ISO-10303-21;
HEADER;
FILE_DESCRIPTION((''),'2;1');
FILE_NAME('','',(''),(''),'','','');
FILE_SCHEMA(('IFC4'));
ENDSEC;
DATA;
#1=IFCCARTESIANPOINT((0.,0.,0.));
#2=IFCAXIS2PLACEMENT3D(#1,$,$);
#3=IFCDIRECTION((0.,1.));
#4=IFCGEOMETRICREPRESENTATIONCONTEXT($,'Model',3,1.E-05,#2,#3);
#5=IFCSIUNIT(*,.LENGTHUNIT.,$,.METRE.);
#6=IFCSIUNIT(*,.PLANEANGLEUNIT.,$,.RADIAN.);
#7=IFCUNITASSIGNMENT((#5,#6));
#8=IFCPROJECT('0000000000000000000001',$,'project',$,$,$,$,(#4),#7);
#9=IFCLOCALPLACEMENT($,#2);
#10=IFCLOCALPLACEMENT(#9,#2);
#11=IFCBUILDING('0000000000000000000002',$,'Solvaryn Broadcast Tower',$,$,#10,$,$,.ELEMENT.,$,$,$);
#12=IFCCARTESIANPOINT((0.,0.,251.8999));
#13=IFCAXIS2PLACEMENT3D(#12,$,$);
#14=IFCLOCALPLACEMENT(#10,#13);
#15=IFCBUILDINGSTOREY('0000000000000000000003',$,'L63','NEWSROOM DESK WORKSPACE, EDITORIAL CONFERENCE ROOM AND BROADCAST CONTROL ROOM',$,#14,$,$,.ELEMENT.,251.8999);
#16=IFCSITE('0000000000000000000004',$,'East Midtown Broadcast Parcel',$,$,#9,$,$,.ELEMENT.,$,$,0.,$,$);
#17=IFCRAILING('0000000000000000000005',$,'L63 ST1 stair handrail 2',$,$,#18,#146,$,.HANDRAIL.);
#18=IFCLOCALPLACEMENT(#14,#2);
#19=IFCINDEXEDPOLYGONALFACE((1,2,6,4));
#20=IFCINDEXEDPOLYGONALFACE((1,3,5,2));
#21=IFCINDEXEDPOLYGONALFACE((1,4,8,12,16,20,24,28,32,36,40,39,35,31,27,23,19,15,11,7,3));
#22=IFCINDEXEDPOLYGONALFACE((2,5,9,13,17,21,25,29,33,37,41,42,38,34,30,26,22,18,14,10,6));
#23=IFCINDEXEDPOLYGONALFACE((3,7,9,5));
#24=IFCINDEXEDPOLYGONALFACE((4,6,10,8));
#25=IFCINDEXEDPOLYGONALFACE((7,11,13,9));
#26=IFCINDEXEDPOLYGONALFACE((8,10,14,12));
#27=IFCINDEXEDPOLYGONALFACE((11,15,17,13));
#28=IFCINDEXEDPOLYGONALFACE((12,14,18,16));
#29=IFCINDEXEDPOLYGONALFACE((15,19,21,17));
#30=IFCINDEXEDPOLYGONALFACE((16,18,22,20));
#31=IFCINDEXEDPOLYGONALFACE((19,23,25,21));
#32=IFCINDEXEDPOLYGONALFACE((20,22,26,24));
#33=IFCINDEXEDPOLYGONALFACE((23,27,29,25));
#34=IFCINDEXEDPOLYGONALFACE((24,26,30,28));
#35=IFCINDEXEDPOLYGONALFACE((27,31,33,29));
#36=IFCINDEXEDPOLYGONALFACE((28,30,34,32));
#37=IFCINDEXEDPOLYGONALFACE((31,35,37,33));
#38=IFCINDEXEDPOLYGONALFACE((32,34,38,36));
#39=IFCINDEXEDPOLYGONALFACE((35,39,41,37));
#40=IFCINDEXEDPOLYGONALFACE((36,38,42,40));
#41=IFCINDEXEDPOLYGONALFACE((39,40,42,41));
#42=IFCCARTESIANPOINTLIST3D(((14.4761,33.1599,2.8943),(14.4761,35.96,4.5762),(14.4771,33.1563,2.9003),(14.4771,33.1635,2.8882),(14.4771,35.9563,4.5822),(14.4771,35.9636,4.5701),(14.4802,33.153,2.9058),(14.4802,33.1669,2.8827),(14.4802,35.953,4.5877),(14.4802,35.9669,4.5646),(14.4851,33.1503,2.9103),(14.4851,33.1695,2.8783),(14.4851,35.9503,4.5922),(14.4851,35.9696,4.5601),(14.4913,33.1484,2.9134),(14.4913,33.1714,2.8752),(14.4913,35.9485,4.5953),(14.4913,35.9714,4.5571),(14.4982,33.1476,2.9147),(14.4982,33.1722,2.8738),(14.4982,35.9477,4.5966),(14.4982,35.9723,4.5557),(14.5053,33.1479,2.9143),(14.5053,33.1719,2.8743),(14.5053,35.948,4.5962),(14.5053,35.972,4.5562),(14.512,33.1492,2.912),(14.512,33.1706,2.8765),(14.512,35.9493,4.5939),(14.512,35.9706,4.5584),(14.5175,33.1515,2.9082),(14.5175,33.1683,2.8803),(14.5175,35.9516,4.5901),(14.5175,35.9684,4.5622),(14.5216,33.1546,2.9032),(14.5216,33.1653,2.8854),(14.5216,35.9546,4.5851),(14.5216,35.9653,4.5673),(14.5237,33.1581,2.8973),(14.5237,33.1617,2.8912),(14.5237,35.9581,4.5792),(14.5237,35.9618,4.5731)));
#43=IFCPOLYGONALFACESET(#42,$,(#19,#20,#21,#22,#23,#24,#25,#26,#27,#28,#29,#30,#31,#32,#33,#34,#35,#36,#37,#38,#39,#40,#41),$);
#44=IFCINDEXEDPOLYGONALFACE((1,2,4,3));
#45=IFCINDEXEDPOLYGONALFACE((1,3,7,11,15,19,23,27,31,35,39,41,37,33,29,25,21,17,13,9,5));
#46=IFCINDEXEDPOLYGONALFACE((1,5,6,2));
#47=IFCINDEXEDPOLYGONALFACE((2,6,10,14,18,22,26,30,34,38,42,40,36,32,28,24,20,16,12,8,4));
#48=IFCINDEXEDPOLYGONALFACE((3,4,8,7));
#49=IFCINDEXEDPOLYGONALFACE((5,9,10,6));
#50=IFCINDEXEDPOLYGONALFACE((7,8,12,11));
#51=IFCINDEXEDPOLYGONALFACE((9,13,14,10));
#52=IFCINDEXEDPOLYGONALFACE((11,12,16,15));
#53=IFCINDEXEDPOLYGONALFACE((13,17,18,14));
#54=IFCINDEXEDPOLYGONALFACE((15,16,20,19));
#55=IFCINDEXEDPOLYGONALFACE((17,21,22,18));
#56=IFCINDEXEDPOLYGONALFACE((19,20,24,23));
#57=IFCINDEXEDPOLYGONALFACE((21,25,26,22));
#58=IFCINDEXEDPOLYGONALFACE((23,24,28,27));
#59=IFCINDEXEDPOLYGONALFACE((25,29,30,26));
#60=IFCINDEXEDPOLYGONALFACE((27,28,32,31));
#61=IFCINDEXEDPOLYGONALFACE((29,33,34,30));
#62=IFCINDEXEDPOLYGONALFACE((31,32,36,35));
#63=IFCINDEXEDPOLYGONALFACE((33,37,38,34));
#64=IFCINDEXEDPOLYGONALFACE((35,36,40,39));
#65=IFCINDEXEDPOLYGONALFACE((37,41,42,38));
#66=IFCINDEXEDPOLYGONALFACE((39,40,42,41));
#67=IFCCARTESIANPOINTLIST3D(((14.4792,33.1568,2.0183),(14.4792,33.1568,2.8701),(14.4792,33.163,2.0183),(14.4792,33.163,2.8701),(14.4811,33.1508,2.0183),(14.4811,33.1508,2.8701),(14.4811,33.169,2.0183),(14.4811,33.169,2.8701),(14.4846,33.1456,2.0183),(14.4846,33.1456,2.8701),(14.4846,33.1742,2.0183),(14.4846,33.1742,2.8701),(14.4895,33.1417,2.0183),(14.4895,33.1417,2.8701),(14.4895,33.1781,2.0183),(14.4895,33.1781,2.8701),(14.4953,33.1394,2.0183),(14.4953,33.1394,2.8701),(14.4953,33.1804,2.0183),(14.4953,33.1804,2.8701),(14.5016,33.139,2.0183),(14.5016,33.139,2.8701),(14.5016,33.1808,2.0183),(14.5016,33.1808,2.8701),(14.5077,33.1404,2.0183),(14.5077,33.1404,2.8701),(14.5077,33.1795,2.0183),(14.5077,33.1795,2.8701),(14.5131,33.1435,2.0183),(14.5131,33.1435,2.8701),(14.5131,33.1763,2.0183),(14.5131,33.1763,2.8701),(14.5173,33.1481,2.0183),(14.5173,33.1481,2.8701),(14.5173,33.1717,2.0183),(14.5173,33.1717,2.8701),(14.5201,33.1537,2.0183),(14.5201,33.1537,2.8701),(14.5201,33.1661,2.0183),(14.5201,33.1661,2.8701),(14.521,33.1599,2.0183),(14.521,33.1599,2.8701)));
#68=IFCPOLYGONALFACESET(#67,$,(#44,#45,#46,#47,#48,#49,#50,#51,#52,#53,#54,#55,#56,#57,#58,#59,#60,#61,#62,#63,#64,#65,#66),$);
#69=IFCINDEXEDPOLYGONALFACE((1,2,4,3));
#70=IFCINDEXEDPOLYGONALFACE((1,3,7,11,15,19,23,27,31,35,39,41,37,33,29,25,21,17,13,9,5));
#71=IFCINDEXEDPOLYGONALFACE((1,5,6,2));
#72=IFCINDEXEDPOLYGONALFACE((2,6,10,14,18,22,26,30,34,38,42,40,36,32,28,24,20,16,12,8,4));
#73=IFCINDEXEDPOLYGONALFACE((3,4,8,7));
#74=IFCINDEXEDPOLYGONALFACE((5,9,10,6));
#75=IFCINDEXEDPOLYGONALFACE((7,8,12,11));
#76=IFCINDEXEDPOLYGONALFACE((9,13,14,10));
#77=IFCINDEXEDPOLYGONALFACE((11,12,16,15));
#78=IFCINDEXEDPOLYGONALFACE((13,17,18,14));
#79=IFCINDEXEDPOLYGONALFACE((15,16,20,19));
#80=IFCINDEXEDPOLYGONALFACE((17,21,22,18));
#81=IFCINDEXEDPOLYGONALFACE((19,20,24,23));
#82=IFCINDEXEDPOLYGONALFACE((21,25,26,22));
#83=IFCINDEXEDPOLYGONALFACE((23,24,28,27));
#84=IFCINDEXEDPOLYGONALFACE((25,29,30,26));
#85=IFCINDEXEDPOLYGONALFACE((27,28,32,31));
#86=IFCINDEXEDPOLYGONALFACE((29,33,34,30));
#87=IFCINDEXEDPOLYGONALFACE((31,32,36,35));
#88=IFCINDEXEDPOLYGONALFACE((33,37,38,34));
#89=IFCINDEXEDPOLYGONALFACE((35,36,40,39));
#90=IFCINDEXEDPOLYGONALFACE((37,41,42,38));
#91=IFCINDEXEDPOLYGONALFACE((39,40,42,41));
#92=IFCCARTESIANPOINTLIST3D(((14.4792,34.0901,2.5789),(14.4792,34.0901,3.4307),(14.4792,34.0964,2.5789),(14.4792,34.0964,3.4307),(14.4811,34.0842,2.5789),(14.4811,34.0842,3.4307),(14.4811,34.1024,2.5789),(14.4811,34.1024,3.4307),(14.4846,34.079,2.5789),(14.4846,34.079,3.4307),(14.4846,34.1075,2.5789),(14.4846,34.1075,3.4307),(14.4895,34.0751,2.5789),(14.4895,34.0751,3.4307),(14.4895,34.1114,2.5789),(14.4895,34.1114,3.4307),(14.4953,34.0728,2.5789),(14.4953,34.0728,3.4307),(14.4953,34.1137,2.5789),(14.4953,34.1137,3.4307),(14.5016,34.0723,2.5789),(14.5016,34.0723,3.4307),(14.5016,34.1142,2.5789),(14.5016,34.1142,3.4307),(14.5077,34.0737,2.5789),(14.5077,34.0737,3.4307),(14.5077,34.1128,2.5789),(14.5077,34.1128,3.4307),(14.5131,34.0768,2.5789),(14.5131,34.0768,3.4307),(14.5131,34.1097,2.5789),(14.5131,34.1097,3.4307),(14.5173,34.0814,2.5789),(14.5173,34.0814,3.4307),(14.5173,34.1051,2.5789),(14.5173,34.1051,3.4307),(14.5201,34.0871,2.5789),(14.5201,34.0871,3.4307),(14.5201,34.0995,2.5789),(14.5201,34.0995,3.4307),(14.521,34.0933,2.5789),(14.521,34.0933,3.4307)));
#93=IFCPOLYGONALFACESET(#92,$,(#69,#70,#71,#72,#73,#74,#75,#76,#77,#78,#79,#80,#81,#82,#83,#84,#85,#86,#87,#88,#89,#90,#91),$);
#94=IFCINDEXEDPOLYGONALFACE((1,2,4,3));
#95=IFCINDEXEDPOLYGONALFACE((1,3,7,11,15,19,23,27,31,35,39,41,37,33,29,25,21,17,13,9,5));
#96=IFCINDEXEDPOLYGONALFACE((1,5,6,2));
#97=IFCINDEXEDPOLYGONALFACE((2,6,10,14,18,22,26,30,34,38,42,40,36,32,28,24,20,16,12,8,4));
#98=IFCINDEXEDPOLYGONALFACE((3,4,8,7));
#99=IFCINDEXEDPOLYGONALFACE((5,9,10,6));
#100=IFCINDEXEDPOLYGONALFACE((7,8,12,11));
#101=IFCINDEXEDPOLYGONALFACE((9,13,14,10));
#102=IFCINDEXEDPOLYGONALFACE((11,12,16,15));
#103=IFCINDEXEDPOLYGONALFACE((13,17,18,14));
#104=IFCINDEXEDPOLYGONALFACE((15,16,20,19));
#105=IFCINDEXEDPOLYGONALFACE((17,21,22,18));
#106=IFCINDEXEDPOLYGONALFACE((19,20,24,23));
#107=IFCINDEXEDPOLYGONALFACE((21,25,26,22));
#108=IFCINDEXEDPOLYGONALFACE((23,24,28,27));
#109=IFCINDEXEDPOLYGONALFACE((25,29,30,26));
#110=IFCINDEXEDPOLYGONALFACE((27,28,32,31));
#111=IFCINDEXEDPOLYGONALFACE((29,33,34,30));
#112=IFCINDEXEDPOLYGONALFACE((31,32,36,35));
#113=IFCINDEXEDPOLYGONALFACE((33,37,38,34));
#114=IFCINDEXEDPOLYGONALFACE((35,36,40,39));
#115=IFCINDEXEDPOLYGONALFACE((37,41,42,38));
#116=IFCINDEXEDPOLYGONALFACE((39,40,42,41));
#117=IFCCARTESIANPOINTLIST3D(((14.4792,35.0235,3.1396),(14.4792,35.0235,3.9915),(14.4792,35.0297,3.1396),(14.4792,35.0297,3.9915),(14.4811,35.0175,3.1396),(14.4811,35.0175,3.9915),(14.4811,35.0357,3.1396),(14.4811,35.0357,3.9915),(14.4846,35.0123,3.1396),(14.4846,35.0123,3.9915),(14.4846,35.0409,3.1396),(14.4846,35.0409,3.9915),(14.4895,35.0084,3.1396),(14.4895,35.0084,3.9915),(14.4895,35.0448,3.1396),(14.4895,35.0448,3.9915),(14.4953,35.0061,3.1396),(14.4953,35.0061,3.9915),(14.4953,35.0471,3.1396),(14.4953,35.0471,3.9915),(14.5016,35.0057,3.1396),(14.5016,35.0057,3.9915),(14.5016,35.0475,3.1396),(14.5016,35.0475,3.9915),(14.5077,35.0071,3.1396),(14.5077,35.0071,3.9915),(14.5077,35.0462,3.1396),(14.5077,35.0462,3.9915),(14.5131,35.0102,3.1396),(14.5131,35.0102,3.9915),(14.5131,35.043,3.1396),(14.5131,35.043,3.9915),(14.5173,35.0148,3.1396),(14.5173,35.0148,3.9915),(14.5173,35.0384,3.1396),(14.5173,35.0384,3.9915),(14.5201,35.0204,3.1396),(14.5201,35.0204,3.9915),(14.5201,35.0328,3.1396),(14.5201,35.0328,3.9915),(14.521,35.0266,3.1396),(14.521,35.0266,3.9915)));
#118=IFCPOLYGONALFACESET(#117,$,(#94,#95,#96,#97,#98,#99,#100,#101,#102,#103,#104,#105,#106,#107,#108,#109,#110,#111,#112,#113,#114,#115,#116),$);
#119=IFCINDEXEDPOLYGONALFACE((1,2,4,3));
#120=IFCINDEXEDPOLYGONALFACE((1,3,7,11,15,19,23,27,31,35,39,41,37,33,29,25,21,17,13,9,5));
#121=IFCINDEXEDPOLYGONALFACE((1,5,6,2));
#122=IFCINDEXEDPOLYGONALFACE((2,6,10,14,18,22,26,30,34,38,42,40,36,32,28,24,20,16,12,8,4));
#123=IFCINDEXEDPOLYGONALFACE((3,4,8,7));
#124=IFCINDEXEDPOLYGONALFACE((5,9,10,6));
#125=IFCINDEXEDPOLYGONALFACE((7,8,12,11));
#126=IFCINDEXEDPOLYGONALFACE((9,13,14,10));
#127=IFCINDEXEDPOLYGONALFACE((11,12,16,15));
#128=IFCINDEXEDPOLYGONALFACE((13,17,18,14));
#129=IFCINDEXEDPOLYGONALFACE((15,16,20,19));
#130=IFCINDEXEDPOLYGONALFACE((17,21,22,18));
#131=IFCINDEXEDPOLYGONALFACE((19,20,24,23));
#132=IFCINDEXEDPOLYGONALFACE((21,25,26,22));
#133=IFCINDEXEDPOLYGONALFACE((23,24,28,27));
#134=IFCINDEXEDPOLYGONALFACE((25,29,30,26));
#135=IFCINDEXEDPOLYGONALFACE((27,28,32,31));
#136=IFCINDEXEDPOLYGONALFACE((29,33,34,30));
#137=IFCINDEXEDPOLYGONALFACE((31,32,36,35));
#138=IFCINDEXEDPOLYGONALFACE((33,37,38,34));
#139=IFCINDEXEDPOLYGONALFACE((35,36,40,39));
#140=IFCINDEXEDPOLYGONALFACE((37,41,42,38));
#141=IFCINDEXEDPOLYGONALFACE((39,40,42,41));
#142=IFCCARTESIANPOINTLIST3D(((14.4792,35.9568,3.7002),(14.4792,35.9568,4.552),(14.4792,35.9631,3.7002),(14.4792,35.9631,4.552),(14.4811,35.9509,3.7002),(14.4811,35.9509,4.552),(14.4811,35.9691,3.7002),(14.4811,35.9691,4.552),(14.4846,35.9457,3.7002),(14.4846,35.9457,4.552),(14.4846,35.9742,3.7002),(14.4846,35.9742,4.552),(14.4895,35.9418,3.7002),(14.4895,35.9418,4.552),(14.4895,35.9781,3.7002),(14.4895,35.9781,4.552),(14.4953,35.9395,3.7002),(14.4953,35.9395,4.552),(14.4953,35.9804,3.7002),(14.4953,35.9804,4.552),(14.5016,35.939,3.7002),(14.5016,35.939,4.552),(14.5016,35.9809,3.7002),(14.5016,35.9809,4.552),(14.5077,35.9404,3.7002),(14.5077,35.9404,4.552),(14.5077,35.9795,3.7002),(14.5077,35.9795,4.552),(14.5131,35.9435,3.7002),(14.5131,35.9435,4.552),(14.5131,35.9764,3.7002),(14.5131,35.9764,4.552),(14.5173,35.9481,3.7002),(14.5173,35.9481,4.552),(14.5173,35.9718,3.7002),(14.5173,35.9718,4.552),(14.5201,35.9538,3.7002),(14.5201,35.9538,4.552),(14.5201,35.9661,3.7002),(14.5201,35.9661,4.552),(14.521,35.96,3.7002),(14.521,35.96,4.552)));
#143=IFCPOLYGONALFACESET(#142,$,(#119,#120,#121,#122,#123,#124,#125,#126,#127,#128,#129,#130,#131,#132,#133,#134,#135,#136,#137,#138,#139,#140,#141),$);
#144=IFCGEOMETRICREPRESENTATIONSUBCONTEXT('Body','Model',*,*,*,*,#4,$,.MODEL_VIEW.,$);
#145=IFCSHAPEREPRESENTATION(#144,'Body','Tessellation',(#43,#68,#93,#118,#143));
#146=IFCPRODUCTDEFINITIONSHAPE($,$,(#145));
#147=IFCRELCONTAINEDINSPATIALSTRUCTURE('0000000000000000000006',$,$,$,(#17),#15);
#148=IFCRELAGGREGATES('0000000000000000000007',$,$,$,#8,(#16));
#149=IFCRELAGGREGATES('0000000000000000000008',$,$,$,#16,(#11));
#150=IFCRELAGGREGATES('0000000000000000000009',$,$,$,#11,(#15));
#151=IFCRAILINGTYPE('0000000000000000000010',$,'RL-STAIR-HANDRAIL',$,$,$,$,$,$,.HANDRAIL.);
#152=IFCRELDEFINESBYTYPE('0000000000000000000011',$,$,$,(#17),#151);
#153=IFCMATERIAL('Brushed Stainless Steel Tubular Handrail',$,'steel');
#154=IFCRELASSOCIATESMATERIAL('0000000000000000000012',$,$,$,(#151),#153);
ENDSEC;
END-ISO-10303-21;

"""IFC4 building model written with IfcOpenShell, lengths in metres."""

from ifc_helpers import new_model, si_unit, direction, frame, origin, origin_2d, place, context, subcontext, project, spatial, circle, extrude, material, type_object, element, save


model = new_model("IFC4")

# Units and contexts
model_context = context("Model", 3, precision=1e-05, world=origin(), true_north=direction((0.0, 1.0)))
body_context = subcontext(model_context, "Body", "Model", "MODEL_VIEW")
ifc_project = project(units=[si_unit("LENGTHUNIT", "METRE"), si_unit("PLANEANGLEUNIT", "RADIAN")], contexts=[model_context])

# Site, building, storey
site_placement = place(None, origin())
site = spatial("IfcSite", under=ifc_project, at=site_placement, Name="East Midtown Broadcast Parcel", CompositionType="ELEMENT", RefElevation=0.0)
building_placement = place(site_placement, origin())
building = spatial("IfcBuilding", under=site, at=building_placement, Name="Solvaryn Broadcast Tower", CompositionType="ELEMENT")
storey_placement = place(building_placement, frame((0.0, 0.0, 251.8999)))
storey = spatial("IfcBuildingStorey", under=building, at=storey_placement, Name="L63", Description="NEWSROOM DESK WORKSPACE, EDITORIAL CONFERENCE ROOM AND BROADCAST CONTROL ROOM", CompositionType="ELEMENT", Elevation=251.8999)

# Railing
ifc_material_1 = material(Name="Brushed Stainless Steel Tubular Handrail", Category="steel")
railing_type_1 = type_object("IfcRailingType", Name="RL-STAIR-HANDRAIL", PredefinedType="HANDRAIL", material=ifc_material_1)
railing_1_placement = place(storey_placement, frame((14.5, 33.1599, 2.0183)))
element("IfcRailing", 1, at=railing_1_placement, inside=storey, type_object=railing_type_1, Name="L63 ST1 stair handrail 2", PredefinedType="HANDRAIL", context=body_context, shape_type="SweptSolid", body=[
    extrude(circle(Radius=0.0239, at=origin_2d()), frame((0.0, 0.0, 0.876), z_axis=(0.0, 0.857242, 0.514913), x_axis=(-1.0, 0.0, 0.0)), (0.0, 0.0, 1.0), 3.2664),
    extrude(circle(Radius=0.021, at=origin_2d()), origin(), (0.0, 0.0, 1.0), 0.8518),
    extrude(circle(Radius=0.021, at=origin_2d()), frame((0.0, 0.9333, 0.5605)), (0.0, 0.0, 1.0), 0.8518),
    extrude(circle(Radius=0.021, at=origin_2d()), frame((0.0, 1.8667, 1.1213)), (0.0, 0.0, 1.0), 0.8518),
    extrude(circle(Radius=0.021, at=origin_2d()), frame((0.0, 2.8, 1.6819)), (0.0, 0.0, 1.0), 0.8518),
])

save(model, "model.ifc")
